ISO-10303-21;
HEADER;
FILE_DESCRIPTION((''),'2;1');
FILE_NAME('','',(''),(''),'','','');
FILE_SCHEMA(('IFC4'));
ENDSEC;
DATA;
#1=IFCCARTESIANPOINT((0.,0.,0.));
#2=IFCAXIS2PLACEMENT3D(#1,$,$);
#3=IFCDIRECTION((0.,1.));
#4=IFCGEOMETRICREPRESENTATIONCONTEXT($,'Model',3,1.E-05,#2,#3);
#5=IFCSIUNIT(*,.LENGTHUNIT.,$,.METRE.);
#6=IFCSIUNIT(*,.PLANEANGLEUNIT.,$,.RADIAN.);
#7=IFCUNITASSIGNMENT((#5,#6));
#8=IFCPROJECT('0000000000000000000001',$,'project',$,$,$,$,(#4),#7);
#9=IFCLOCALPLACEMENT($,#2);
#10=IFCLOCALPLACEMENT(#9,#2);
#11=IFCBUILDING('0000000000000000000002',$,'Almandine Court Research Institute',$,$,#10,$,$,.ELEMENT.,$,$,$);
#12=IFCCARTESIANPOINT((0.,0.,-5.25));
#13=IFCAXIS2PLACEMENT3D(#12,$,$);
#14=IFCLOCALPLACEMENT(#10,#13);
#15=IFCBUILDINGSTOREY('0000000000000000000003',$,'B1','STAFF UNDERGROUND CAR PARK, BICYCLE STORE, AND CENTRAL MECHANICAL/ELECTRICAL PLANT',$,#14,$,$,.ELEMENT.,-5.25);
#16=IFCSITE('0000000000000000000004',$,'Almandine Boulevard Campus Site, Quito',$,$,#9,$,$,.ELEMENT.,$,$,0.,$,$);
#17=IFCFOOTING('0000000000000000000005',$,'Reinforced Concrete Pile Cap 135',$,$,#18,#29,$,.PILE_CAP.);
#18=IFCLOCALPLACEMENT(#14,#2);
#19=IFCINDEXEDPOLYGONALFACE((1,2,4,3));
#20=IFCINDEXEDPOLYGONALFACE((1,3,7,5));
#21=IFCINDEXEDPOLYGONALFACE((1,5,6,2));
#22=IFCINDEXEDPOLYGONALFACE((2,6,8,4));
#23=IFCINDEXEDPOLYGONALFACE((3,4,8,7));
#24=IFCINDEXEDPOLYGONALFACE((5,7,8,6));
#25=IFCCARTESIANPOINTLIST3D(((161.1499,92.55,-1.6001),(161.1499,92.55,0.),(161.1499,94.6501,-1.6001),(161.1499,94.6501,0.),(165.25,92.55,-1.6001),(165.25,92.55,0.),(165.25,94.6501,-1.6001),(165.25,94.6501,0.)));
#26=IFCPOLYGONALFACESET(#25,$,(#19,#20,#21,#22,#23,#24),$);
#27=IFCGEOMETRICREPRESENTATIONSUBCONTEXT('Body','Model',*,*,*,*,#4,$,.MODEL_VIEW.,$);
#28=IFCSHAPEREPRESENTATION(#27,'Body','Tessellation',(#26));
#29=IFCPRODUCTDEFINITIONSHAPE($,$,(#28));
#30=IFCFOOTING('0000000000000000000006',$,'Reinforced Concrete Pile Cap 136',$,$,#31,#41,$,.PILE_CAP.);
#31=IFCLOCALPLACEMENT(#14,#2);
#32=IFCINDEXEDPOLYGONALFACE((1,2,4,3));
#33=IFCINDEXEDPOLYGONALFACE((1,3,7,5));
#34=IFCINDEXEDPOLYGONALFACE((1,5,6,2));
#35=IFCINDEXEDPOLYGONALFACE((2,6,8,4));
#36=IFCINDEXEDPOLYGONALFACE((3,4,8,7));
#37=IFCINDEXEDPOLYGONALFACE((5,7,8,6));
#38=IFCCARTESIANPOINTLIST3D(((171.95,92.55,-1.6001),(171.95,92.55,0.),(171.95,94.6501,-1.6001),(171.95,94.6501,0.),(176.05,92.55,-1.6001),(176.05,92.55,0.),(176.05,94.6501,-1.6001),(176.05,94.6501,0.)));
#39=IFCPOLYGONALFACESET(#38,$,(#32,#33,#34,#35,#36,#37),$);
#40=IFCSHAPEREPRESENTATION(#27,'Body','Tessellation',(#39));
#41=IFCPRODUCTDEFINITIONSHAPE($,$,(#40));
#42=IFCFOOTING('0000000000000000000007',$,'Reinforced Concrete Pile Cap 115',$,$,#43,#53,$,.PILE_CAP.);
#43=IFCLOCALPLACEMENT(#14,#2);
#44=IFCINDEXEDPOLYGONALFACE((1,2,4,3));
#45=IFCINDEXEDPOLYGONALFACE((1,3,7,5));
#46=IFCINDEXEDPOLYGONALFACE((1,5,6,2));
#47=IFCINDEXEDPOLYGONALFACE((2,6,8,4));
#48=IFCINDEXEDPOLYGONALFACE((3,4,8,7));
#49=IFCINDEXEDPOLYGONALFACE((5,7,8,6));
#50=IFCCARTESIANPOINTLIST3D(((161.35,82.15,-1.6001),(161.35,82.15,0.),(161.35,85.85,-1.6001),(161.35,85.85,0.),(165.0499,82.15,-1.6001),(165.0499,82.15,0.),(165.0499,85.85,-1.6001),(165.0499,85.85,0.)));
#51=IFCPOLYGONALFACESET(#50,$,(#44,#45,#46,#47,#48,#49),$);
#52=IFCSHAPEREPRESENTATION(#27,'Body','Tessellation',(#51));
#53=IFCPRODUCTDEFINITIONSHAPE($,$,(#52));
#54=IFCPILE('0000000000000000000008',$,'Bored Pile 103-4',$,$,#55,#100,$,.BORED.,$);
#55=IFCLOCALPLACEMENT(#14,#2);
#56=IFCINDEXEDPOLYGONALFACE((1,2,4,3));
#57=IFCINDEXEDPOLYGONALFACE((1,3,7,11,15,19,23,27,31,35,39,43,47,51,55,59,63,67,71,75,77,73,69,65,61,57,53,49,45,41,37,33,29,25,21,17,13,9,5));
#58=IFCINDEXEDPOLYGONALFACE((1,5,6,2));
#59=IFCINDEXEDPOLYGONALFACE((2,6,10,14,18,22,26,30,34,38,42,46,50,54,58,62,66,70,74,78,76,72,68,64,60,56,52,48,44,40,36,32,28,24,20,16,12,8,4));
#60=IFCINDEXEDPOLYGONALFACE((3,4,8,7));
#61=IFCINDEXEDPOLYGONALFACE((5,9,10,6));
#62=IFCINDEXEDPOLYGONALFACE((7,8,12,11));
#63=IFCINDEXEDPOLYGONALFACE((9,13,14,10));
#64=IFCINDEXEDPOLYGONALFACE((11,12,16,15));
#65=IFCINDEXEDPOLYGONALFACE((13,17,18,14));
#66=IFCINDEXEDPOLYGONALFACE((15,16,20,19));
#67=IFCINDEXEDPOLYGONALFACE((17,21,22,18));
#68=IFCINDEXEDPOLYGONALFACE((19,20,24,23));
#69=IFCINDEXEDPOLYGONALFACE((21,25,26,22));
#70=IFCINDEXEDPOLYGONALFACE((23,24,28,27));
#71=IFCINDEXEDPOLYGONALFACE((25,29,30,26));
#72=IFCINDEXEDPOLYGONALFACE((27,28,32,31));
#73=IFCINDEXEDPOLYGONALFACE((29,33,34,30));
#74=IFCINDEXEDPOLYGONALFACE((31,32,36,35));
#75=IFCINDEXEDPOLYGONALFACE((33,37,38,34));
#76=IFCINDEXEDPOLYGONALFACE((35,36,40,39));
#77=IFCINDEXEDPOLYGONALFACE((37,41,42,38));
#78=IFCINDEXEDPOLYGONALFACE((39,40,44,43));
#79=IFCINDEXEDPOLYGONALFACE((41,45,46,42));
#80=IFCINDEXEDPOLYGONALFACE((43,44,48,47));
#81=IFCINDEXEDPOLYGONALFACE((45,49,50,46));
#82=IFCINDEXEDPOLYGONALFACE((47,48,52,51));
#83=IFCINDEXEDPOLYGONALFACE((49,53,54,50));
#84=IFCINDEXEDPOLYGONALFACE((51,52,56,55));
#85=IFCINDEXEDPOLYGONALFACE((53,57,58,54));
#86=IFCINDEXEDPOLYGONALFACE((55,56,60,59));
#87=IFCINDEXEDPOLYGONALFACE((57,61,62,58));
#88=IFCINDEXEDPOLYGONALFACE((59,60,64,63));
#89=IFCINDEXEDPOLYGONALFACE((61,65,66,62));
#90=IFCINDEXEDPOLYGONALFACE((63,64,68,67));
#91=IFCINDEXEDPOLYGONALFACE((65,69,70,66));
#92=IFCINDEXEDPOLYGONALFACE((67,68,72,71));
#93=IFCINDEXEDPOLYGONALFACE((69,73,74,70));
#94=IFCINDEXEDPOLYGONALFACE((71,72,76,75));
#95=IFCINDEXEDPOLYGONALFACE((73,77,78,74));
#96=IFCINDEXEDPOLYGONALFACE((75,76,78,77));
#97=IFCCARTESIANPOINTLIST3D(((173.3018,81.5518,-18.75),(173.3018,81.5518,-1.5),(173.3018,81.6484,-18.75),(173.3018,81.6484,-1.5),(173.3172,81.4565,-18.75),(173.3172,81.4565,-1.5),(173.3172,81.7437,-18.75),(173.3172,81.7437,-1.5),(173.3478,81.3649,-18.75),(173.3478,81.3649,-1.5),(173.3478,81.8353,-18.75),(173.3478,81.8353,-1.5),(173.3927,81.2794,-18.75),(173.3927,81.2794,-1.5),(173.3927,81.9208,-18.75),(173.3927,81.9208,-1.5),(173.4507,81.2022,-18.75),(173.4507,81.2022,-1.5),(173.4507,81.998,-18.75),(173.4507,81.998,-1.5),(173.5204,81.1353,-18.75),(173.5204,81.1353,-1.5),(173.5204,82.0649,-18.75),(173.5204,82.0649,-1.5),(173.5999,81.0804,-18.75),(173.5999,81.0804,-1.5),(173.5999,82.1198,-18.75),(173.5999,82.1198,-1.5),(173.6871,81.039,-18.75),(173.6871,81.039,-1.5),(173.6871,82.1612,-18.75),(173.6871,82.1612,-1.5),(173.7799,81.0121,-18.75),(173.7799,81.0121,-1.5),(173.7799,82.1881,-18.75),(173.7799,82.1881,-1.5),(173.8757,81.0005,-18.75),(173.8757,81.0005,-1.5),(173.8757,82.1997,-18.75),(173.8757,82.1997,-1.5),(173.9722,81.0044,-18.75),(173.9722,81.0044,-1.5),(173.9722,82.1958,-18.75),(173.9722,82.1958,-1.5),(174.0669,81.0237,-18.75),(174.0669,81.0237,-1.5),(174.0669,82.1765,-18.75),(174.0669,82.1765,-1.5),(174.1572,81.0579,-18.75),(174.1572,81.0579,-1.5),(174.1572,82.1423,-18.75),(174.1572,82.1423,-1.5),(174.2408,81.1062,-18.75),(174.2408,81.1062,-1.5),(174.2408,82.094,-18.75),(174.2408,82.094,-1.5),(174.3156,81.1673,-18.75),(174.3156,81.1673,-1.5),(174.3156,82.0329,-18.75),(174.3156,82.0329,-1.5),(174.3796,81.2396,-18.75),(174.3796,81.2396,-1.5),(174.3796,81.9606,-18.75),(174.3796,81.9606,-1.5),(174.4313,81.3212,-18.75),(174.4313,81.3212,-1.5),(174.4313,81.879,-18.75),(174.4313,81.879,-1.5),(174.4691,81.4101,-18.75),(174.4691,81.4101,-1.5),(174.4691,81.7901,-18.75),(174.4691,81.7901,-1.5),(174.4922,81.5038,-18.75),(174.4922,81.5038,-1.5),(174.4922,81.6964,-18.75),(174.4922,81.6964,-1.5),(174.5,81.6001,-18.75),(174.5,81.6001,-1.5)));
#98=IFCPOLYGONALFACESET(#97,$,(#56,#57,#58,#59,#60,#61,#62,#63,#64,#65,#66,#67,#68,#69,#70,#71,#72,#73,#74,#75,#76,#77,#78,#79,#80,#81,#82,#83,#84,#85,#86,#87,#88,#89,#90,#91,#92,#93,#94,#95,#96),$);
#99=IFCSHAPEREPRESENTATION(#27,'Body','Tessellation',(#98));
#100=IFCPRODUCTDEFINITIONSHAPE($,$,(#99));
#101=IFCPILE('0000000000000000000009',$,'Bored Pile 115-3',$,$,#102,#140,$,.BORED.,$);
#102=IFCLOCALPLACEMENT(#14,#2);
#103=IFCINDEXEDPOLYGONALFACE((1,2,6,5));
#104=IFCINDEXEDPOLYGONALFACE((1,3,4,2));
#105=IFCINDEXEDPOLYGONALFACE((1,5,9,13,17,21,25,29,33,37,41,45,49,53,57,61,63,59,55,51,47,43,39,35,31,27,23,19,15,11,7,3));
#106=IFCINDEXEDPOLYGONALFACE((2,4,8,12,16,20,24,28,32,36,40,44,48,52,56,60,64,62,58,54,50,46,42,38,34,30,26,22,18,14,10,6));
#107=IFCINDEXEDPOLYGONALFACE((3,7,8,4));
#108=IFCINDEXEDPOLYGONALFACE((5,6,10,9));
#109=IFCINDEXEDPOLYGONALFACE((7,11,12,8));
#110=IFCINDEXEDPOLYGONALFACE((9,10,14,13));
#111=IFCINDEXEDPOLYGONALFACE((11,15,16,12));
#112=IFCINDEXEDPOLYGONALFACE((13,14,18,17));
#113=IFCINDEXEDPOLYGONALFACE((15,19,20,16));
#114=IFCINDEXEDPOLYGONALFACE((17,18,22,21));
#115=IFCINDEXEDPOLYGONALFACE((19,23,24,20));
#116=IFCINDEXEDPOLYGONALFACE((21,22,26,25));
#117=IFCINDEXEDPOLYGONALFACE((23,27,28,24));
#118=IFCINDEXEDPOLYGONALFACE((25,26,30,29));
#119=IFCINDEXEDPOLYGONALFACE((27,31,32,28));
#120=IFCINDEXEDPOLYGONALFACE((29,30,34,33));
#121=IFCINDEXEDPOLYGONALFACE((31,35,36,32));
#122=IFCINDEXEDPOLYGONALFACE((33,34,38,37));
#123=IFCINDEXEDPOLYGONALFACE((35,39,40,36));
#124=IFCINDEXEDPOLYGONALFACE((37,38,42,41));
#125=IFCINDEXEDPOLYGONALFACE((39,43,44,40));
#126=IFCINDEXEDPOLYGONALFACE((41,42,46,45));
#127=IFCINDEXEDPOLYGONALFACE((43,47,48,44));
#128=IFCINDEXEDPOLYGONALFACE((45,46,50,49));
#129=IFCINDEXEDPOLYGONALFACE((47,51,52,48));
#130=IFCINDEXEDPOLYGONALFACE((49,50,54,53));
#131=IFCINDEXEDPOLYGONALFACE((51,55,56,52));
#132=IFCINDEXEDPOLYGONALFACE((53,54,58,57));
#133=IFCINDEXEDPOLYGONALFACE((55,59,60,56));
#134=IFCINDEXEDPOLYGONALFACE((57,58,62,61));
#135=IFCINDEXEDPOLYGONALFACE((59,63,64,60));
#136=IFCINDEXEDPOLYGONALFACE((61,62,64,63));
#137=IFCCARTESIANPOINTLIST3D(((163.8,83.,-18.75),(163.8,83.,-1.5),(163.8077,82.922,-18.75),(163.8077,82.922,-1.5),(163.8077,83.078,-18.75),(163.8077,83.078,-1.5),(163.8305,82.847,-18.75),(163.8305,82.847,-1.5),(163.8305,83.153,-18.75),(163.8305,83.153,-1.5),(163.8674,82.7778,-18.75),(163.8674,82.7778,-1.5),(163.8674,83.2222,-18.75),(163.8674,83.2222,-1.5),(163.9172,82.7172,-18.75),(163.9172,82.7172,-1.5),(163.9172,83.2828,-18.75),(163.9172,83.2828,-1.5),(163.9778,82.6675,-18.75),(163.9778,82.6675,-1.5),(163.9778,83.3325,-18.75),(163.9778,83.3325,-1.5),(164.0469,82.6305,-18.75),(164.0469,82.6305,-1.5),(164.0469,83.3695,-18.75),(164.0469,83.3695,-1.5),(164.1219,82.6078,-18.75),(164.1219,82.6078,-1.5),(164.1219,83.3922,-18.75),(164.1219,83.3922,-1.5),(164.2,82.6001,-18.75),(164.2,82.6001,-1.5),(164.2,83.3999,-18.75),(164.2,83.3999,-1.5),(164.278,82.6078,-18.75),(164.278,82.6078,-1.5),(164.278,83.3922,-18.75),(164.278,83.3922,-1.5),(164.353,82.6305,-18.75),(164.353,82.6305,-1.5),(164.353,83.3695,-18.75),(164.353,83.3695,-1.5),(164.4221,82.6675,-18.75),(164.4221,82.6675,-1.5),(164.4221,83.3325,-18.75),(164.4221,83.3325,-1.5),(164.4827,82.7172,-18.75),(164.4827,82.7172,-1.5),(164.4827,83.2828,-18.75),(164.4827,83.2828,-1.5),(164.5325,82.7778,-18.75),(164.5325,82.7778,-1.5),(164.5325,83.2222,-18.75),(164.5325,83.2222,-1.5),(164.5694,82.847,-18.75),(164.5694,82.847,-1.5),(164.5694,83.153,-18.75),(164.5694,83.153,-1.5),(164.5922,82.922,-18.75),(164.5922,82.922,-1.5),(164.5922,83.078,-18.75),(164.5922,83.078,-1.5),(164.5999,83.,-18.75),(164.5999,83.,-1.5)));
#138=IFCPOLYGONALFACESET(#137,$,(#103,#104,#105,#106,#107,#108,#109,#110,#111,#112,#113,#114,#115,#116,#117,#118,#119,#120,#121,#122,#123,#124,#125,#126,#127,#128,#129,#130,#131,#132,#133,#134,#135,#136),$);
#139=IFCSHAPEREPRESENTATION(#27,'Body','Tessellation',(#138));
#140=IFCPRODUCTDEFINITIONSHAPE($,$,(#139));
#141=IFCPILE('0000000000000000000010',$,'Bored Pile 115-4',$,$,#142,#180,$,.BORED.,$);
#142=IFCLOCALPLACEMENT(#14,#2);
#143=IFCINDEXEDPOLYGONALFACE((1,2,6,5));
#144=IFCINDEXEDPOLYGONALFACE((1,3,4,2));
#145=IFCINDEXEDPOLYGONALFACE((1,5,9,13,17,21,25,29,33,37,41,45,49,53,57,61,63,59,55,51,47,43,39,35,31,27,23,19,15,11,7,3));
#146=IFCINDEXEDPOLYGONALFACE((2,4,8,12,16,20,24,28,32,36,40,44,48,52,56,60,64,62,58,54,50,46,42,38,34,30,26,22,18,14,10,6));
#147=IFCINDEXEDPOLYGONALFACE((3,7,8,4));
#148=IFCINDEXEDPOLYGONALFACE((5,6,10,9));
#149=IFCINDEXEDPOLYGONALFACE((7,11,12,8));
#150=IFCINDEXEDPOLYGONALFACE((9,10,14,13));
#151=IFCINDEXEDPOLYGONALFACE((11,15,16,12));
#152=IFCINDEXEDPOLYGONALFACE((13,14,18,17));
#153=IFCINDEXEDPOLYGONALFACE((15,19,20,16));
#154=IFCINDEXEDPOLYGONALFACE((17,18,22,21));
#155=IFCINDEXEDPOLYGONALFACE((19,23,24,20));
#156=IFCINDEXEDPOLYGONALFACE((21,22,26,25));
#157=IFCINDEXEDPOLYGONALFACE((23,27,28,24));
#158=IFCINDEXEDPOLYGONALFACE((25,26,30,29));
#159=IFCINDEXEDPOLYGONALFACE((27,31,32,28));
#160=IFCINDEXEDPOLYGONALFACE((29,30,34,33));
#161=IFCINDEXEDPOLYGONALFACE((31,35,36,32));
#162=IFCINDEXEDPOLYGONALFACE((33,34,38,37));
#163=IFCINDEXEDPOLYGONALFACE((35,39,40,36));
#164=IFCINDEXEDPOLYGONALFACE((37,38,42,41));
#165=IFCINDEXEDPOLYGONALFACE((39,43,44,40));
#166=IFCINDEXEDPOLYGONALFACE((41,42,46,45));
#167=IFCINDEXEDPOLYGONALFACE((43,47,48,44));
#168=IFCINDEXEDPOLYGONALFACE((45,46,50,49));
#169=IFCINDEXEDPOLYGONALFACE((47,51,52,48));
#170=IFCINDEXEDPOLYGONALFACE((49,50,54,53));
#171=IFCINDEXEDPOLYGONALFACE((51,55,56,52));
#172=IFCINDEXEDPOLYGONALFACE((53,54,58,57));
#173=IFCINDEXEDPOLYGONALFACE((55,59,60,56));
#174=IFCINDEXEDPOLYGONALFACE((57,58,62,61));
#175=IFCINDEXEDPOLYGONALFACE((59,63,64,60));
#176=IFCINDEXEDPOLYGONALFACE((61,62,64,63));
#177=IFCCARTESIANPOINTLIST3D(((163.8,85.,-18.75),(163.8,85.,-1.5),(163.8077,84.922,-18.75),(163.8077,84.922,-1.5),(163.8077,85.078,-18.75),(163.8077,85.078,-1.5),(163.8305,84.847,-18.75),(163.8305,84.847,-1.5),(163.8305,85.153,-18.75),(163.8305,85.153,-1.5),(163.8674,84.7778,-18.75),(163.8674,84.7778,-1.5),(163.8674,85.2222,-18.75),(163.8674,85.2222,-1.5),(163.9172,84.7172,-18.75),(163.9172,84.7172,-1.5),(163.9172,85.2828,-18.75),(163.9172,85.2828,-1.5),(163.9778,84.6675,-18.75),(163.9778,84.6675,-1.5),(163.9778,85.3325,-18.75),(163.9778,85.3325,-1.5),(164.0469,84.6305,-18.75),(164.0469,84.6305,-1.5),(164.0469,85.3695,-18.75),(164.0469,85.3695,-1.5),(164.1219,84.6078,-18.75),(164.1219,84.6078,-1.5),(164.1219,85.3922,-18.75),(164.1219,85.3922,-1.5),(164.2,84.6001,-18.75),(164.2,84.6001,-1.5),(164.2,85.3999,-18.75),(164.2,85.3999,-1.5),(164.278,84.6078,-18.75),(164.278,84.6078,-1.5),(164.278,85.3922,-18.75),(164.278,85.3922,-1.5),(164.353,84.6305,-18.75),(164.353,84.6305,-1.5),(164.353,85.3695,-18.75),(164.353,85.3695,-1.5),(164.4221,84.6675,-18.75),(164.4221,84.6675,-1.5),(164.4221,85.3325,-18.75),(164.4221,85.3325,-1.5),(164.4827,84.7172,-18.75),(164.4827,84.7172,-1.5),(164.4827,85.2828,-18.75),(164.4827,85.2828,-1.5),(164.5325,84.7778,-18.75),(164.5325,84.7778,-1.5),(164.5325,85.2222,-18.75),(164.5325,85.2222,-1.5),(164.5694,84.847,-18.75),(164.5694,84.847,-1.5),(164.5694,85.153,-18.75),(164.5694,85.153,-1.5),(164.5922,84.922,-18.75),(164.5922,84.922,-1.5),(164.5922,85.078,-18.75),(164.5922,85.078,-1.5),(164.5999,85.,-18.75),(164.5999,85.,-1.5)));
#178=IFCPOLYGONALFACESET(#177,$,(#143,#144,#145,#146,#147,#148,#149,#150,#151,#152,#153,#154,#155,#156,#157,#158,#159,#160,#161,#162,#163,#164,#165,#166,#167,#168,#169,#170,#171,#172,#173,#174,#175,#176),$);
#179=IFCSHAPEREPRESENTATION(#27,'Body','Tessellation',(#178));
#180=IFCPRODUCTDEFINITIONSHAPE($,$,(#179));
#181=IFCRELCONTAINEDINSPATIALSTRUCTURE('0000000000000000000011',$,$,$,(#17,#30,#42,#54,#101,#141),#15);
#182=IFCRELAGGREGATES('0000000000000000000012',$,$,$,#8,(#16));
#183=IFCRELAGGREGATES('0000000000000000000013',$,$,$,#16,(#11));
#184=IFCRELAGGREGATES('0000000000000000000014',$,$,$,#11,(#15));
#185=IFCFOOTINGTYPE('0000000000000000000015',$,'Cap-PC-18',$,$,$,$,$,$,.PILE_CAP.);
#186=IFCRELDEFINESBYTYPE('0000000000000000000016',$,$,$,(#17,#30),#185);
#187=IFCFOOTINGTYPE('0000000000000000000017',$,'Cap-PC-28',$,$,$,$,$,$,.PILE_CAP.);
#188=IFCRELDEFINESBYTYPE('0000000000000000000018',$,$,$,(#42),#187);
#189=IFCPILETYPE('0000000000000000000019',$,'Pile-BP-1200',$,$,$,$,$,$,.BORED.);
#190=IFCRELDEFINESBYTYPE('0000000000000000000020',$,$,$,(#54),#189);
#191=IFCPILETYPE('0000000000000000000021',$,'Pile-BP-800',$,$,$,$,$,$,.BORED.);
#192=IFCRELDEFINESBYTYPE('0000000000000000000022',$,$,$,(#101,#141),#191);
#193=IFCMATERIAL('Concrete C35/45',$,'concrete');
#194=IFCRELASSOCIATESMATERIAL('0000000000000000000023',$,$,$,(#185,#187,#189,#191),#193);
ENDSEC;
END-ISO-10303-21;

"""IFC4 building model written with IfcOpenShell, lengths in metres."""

from ifc_helpers import new_model, si_unit, direction, frame, origin, origin_2d, place, context, subcontext, project, spatial, rectangle, circle, extrude, material, material_profile, profile_set, type_object, element, save


model = new_model("IFC4")

# Units and contexts
model_context = context("Model", 3, precision=1e-05, world=origin(), true_north=direction((0.0, 1.0)))
body_context = subcontext(model_context, "Body", "Model", "MODEL_VIEW")
ifc_project = project(units=[si_unit("LENGTHUNIT", "METRE"), si_unit("PLANEANGLEUNIT", "RADIAN")], contexts=[model_context])

# Site, building, storey
site_placement = place(None, origin())
site = spatial("IfcSite", under=ifc_project, at=site_placement, Name="Almandine Boulevard Campus Site, Quito", CompositionType="ELEMENT", RefElevation=0.0)
building_placement = place(site_placement, origin())
building = spatial("IfcBuilding", under=site, at=building_placement, Name="Almandine Court Research Institute", CompositionType="ELEMENT")
storey_placement = place(building_placement, frame((0.0, 0.0, -5.25)))
storey = spatial("IfcBuildingStorey", under=building, at=storey_placement, Name="B1", Description="STAFF UNDERGROUND CAR PARK, BICYCLE STORE, AND CENTRAL MECHANICAL/ELECTRICAL PLANT", CompositionType="ELEMENT", Elevation=-5.25)

# Footings
ifc_material_1 = material(Name="Concrete C35/45", Category="concrete")
footing_type_1 = type_object("IfcFootingType", Name="Cap-PC-18", PredefinedType="PILE_CAP", material=ifc_material_1)
for number, where, z_axis, x_axis, name in (
    (1, (163.2, 93.6001, -1.6001), (0.0, 0.0, 1.0), (1.0, 0.0, 0.0), "Reinforced Concrete Pile Cap 135"),
    (2, (174.0, 93.6001, -1.6001), (0.0, 0.0, 1.0), (1.0, 0.0, 0.0), "Reinforced Concrete Pile Cap 136"),
):
    element("IfcFooting", number, at=place(storey_placement, frame(where, z_axis=z_axis, x_axis=x_axis)), inside=storey, type_object=footing_type_1, Name=name, PredefinedType="PILE_CAP", context=body_context, shape_type="SweptSolid", body=[
        extrude(rectangle(XDim=4.1001, YDim=2.1001, at=origin_2d()), origin(), (0.0, 0.0, 1.0), 1.6001),
    ])
footing_type_2 = type_object("IfcFootingType", Name="Cap-PC-28", PredefinedType="PILE_CAP", material=ifc_material_1)
footing_1_placement = place(storey_placement, frame((163.2, 84.0, -1.6001), z_axis=(0.0, 0.0, 1.0), x_axis=(1.0, 0.0, 0.0)))
element("IfcFooting", 3, at=footing_1_placement, inside=storey, type_object=footing_type_2, Name="Reinforced Concrete Pile Cap 115", PredefinedType="PILE_CAP", context=body_context, shape_type="SweptSolid", body=[
    extrude(rectangle(XDim=3.7, YDim=3.7, at=origin_2d()), origin(), (0.0, 0.0, 1.0), 1.6001),
])

# Piles
ifc_material_profile_1 = material_profile(ifc_material_1, circle(Radius=0.6001, at=origin_2d()), Name="BORED PILE D1200")
ifc_profile_set_1 = profile_set([ifc_material_profile_1], Name="Concrete C35/45")
pile_type_1 = type_object("IfcPileType", Name="Pile-BP-1200", PredefinedType="BORED", material=ifc_profile_set_1)
pile_placement = place(storey_placement, frame((173.8999, 81.6001, -1.5), z_axis=(0.0, 0.0, -1.0), x_axis=(1.0, 0.0, 0.0)))
element("IfcPile", 4, at=pile_placement, inside=storey, type_object=pile_type_1, Name="Bored Pile 103-4", PredefinedType="BORED", context=body_context, shape_type="SweptSolid", body=[
    extrude(circle(Radius=0.6001, at=origin_2d()), origin(), (0.0, 0.0, 1.0), 17.25),
])
ifc_material_profile_2 = material_profile(ifc_material_1, circle(Radius=0.3999, at=origin_2d()), Name="BORED PILE D800")
ifc_profile_set_2 = profile_set([ifc_material_profile_2], Name="Concrete C35/45")
pile_type_2 = type_object("IfcPileType", Name="Pile-BP-800", PredefinedType="BORED", material=ifc_profile_set_2)
for number, where, z_axis, x_axis, name in (
    (5, (164.2, 83.0, -1.5), (0.0, 0.0, -1.0), (1.0, 0.0, 0.0), "Bored Pile 115-3"),
    (6, (164.2, 85.0, -1.5), (0.0, 0.0, -1.0), (1.0, 0.0, 0.0), "Bored Pile 115-4"),
):
    element("IfcPile", number, at=place(storey_placement, frame(where, z_axis=z_axis, x_axis=x_axis)), inside=storey, type_object=pile_type_2, Name=name, PredefinedType="BORED", context=body_context, shape_type="SweptSolid", body=[
        extrude(circle(Radius=0.3999, at=origin_2d()), origin(), (0.0, 0.0, 1.0), 17.25),
    ])

save(model, "model.ifc")
